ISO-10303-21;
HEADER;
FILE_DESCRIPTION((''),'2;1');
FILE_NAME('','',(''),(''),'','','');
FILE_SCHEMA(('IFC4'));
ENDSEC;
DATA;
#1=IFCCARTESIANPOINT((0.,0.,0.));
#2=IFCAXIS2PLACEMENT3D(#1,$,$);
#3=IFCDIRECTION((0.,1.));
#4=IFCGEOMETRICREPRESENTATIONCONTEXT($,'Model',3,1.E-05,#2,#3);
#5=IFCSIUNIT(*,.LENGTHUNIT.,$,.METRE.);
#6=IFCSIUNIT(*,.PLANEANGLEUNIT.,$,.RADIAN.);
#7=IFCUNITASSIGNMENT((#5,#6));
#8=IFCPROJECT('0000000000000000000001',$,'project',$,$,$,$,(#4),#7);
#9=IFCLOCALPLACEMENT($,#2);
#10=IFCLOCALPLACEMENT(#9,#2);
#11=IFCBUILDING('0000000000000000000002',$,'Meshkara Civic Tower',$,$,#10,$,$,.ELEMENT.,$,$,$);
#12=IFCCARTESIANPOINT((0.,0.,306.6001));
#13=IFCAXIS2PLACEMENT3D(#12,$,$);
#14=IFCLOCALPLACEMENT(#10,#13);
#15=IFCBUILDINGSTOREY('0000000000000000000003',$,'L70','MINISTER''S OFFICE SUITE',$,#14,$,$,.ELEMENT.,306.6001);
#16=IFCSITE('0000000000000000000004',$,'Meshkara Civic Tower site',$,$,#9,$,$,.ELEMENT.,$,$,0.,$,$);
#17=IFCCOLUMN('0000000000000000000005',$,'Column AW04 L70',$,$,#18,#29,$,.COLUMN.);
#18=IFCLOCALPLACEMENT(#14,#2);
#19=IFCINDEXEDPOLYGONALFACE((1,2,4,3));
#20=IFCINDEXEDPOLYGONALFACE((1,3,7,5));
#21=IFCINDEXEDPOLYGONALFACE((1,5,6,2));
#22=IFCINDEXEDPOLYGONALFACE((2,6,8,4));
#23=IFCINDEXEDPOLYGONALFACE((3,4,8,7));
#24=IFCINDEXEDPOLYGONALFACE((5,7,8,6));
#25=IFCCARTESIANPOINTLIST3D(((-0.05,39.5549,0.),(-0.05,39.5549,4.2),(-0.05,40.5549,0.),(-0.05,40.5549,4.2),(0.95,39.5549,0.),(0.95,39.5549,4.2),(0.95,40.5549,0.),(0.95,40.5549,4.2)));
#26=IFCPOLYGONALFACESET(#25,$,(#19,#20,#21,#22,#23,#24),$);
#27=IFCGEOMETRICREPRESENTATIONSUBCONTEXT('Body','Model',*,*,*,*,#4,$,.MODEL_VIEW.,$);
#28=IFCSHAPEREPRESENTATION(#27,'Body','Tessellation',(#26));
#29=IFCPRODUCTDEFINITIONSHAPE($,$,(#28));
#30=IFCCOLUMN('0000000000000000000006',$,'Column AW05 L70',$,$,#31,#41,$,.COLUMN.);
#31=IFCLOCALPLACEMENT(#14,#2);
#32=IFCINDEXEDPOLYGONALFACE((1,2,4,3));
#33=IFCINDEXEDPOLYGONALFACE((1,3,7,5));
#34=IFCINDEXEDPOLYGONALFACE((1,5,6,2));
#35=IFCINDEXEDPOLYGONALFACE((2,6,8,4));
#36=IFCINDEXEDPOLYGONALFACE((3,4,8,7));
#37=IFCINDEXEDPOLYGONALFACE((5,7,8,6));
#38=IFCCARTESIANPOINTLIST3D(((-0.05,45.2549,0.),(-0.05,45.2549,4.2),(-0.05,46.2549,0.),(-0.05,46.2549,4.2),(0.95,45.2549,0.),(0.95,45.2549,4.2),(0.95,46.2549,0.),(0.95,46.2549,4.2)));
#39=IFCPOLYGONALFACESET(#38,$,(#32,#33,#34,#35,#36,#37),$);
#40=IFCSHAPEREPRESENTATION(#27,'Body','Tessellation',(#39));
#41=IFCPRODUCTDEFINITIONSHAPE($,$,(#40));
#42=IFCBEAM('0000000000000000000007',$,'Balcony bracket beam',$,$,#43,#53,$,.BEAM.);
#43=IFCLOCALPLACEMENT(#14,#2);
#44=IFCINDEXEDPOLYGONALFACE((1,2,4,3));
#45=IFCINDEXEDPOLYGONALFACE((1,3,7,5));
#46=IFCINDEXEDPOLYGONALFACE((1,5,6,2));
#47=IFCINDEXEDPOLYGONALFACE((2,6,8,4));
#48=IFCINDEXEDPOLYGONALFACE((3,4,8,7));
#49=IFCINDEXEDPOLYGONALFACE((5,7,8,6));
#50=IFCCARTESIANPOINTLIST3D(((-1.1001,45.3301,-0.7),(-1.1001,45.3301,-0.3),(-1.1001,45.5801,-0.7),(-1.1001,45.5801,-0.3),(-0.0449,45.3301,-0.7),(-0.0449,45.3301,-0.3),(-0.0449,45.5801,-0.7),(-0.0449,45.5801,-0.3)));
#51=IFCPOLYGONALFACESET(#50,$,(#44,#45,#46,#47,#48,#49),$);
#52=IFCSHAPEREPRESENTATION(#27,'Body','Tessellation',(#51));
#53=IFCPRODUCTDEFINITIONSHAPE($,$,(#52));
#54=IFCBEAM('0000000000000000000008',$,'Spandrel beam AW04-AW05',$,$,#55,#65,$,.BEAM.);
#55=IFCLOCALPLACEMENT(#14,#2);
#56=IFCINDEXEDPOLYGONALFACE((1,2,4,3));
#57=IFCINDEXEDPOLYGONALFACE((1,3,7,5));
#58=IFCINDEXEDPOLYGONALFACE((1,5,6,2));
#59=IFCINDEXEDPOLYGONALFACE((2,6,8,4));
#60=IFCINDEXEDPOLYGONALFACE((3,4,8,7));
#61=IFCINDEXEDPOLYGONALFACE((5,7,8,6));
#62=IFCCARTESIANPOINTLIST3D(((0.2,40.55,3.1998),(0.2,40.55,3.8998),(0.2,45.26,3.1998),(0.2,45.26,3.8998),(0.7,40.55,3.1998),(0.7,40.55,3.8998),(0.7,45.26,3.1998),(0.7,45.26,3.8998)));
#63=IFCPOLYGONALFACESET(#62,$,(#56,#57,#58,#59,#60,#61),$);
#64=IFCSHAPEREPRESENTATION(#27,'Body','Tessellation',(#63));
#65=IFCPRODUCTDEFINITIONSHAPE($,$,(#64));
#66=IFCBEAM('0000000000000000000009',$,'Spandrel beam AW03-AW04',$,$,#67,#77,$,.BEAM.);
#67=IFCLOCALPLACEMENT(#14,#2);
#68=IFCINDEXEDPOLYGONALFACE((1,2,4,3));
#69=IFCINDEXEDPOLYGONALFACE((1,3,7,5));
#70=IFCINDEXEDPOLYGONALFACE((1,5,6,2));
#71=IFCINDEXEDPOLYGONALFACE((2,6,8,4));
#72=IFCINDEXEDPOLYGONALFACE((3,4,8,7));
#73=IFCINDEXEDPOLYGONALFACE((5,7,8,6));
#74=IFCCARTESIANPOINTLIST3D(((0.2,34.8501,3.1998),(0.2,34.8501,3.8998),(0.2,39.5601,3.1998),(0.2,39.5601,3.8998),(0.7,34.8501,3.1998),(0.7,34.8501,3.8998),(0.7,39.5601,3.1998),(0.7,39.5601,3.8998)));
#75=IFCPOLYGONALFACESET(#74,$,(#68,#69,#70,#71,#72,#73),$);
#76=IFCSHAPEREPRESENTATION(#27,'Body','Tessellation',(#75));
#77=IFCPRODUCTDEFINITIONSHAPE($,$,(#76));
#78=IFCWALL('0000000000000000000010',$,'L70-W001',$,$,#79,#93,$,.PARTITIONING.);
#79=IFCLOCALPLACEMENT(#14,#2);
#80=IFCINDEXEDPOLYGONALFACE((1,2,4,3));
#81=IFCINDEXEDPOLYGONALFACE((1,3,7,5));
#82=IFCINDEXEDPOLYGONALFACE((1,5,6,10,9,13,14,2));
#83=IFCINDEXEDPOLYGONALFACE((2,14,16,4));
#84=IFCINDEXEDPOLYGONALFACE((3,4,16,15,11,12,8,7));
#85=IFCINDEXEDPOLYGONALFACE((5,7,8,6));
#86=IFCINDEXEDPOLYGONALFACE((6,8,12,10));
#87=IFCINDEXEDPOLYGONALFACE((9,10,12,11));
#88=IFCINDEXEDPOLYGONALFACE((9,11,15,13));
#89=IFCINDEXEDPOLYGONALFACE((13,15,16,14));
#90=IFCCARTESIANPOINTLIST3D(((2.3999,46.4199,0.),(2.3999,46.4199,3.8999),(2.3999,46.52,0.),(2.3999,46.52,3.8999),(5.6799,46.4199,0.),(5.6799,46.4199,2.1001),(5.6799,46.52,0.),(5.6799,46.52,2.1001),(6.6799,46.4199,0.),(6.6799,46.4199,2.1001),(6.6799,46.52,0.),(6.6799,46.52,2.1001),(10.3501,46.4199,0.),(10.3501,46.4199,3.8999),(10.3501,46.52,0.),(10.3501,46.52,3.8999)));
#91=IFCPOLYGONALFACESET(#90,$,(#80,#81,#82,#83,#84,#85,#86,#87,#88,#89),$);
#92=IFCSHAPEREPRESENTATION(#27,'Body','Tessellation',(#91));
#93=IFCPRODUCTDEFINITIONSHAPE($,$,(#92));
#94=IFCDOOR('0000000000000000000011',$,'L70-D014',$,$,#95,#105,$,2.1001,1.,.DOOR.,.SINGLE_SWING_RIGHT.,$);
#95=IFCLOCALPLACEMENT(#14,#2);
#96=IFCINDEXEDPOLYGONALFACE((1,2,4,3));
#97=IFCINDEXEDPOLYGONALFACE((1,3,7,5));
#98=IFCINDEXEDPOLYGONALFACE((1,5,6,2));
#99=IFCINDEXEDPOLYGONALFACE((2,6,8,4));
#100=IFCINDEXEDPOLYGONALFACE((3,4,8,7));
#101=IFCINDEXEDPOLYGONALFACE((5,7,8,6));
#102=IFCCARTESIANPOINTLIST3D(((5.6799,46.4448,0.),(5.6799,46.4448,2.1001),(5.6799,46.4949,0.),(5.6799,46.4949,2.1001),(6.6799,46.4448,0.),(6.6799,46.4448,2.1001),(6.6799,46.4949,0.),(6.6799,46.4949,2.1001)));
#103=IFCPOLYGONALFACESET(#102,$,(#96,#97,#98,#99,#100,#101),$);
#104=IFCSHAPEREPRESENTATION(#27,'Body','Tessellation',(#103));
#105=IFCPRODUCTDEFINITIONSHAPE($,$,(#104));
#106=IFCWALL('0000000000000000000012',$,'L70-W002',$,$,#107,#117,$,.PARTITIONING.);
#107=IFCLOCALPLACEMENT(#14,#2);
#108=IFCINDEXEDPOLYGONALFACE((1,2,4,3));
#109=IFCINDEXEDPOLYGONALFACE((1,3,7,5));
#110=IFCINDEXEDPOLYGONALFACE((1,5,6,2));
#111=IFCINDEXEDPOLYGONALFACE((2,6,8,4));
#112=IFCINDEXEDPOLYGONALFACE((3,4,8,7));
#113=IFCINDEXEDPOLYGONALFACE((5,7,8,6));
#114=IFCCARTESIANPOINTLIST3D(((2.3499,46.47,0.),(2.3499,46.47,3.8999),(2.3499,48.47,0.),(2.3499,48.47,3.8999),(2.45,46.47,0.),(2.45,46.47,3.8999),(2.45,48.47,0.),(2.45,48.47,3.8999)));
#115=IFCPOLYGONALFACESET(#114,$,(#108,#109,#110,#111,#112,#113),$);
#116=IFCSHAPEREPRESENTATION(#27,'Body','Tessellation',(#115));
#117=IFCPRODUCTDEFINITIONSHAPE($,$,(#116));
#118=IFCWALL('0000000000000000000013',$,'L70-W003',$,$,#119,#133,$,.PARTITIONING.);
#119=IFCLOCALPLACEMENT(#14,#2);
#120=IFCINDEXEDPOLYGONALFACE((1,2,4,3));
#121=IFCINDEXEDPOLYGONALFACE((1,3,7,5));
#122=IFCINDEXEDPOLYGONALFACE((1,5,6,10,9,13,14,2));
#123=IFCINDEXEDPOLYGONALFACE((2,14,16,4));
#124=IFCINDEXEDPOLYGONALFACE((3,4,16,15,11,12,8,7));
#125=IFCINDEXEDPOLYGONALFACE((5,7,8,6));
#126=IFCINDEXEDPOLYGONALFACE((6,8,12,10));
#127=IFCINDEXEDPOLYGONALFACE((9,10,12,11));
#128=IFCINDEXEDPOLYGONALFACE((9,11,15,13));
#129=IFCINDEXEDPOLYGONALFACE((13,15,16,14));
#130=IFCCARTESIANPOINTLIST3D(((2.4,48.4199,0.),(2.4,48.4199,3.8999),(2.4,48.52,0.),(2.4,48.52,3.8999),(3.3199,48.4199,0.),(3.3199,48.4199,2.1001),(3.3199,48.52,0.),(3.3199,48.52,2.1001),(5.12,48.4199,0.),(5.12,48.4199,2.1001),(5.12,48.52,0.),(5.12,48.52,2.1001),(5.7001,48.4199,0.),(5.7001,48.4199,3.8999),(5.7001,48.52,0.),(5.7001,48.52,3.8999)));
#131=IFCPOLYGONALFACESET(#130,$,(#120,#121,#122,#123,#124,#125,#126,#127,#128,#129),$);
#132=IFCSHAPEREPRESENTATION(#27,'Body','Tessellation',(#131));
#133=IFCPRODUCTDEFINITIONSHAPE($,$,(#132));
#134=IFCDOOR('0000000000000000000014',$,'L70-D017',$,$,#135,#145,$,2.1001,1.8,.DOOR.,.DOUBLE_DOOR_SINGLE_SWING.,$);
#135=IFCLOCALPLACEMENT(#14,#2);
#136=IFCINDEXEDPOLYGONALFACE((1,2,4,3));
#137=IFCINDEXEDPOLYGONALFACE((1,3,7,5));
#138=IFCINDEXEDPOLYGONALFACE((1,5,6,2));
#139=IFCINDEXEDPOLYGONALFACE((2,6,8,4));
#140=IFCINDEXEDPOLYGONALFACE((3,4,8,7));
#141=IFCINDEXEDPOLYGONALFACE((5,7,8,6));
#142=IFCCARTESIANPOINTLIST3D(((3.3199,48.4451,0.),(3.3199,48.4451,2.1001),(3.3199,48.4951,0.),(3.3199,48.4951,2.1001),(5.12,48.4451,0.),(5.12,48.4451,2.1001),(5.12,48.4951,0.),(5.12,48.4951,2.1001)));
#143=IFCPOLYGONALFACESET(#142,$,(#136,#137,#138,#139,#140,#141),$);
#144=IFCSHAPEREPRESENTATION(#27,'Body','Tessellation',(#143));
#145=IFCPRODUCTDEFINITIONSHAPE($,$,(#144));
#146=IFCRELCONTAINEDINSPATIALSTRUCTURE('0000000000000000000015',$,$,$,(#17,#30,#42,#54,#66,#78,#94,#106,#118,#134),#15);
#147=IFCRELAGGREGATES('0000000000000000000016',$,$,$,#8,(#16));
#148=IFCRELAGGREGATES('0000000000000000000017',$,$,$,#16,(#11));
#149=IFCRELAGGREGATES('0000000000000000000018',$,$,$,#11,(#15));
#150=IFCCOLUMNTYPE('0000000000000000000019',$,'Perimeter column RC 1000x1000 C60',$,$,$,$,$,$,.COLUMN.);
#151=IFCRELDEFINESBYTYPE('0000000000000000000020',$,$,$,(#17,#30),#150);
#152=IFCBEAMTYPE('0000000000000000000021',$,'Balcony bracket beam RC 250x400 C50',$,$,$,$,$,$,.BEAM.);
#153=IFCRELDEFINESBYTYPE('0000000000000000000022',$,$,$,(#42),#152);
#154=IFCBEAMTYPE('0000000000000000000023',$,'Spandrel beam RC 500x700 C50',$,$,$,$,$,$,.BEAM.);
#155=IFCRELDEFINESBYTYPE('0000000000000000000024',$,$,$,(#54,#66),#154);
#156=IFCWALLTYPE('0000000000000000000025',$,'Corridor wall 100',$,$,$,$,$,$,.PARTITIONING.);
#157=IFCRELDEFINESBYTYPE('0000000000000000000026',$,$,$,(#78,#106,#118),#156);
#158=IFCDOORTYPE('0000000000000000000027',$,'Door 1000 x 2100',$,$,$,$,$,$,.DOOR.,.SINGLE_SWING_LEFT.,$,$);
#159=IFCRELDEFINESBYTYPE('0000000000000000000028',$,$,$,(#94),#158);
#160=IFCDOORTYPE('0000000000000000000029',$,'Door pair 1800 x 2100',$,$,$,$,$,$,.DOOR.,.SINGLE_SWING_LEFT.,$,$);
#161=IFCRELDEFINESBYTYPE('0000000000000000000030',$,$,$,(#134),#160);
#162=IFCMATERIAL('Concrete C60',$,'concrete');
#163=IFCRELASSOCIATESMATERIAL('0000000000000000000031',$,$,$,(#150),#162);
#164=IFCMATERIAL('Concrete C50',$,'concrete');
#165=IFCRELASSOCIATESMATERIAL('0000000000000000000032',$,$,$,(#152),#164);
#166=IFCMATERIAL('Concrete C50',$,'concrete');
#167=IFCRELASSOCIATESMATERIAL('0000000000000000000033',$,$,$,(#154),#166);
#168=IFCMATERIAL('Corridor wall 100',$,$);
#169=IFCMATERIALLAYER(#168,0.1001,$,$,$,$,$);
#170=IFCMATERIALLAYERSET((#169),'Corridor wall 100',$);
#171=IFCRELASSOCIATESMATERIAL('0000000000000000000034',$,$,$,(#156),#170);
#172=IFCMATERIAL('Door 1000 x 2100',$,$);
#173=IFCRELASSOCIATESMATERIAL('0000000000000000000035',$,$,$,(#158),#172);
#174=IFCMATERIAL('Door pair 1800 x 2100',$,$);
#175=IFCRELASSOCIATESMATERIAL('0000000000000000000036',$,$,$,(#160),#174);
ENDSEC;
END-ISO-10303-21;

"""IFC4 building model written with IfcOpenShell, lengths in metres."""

from ifc_helpers import new_model, si_unit, direction, frame, frame_2d, origin, origin_2d, place, context, subcontext, project, spatial, rectangle, extrude, material, layer, layer_set, material_profile, profile_set, type_object, element, fill, save


model = new_model("IFC4")

# Units and contexts
model_context = context("Model", 3, precision=1e-05, world=origin(), true_north=direction((0.0, 1.0)))
body_context = subcontext(model_context, "Body", "Model", "MODEL_VIEW")
ifc_project = project(units=[si_unit("LENGTHUNIT", "METRE"), si_unit("PLANEANGLEUNIT", "RADIAN")], contexts=[model_context])

# Site, building, storey
site_placement = place(None, origin())
site = spatial("IfcSite", under=ifc_project, at=site_placement, Name="Meshkara Civic Tower site", CompositionType="ELEMENT", RefElevation=0.0)
building_placement = place(site_placement, origin())
building = spatial("IfcBuilding", under=site, at=building_placement, Name="Meshkara Civic Tower", CompositionType="ELEMENT")
storey_placement = place(building_placement, frame((0.0, 0.0, 306.6001)))
storey = spatial("IfcBuildingStorey", under=building, at=storey_placement, Name="L70", Description="MINISTER'S OFFICE SUITE", CompositionType="ELEMENT", Elevation=306.6001)

# Columns
ifc_material_1 = material(Name="Concrete C60", Category="concrete")
ifc_material_profile_1 = material_profile(ifc_material_1, rectangle(XDim=1.0, YDim=1.0, at=origin_2d()))
ifc_profile_set_1 = profile_set([ifc_material_profile_1], Name="Concrete C60")
column_type = type_object("IfcColumnType", Name="Perimeter column RC 1000x1000 C60", PredefinedType="COLUMN", material=ifc_profile_set_1)
for number, where, z_axis, x_axis, name in (
    (1, (0.45, 40.0549, 0.0), (0.0, 0.0, 1.0), (1.0, 0.0, 0.0), "Column AW04 L70"),
    (2, (0.45, 45.7549, 0.0), (0.0, 0.0, 1.0), (1.0, 0.0, 0.0), "Column AW05 L70"),
):
    element("IfcColumn", number, at=place(storey_placement, frame(where, z_axis=z_axis, x_axis=x_axis)), inside=storey, type_object=column_type, Name=name, PredefinedType="COLUMN", context=body_context, shape_type="SweptSolid", body=[
        extrude(rectangle(XDim=1.0, YDim=1.0, at=origin_2d()), origin(), (0.0, 0.0, 1.0), 4.2),
    ])

# Beams
ifc_material_2 = material(Name="Concrete C50", Category="concrete")
ifc_material_profile_2 = material_profile(ifc_material_2, rectangle(XDim=0.25, YDim=0.3999, at=origin_2d()))
ifc_profile_set_2 = profile_set([ifc_material_profile_2], Name="Concrete C50")
beam_type_1 = type_object("IfcBeamType", Name="Balcony bracket beam RC 250x400 C50", PredefinedType="BEAM", material=ifc_profile_set_2)
beam_placement = place(storey_placement, frame((-0.0449, 45.4551, -0.5), z_axis=(-1.0, 0.0, 0.0), x_axis=(0.0, -1.0, 0.0)))
element("IfcBeam", 3, at=beam_placement, inside=storey, type_object=beam_type_1, Name="Balcony bracket beam", PredefinedType="BEAM", context=body_context, shape_type="SweptSolid", body=[
    extrude(rectangle(XDim=0.25, YDim=0.3999, at=origin_2d()), origin(), (0.0, 0.0, 1.0), 1.0552),
])
ifc_material_3 = material(Name="Concrete C50", Category="concrete")
ifc_material_profile_3 = material_profile(ifc_material_3, rectangle(XDim=0.5, YDim=0.7, at=origin_2d()))
ifc_profile_set_3 = profile_set([ifc_material_profile_3], Name="Concrete C50")
beam_type_2 = type_object("IfcBeamType", Name="Spandrel beam RC 500x700 C50", PredefinedType="BEAM", material=ifc_profile_set_3)
for number, where, z_axis, x_axis, name in (
    (4, (0.45, 45.26, 3.5498), (0.0, -1.0, 0.0), (1.0, 0.0, 0.0), "Spandrel beam AW04-AW05"),
    (5, (0.45, 39.5601, 3.5498), (0.0, -1.0, 0.0), (1.0, 0.0, 0.0), "Spandrel beam AW03-AW04"),
):
    element("IfcBeam", number, at=place(storey_placement, frame(where, z_axis=z_axis, x_axis=x_axis)), inside=storey, type_object=beam_type_2, Name=name, PredefinedType="BEAM", context=body_context, shape_type="SweptSolid", body=[
        extrude(rectangle(XDim=0.5, YDim=0.7, at=origin_2d()), origin(), (0.0, 0.0, 1.0), 4.71),
    ])

# Wall, opening, door
ifc_material_4 = material(Name="Corridor wall 100")
ifc_layer_1 = layer(ifc_material_4, 0.1001)
ifc_layer_set_1 = layer_set([ifc_layer_1], Name="Corridor wall 100")
wall_type_1 = type_object("IfcWallType", Name="Corridor wall 100", PredefinedType="PARTITIONING", material=ifc_layer_set_1)
wall_1_placement = place(storey_placement, frame((2.3999, 46.47, 0.0), z_axis=(0.0, 0.0, 1.0), x_axis=(1.0, 0.0, 0.0)))
wall_1 = element("IfcWall", 6, at=wall_1_placement, inside=storey, type_object=wall_type_1, Name="L70-W001", PredefinedType="PARTITIONING", context=body_context, shape_type="SweptSolid", body=[
    extrude(rectangle(XDim=7.9502, YDim=0.1001, at=frame_2d((3.9751, 0.0))), origin(), (0.0, 0.0, 1.0), 3.8999),
])
opening_1_placement = place(wall_1_placement, frame((3.28, 0.0, 0.0)))
opening_1 = element("IfcOpeningElement", 7, at=opening_1_placement, cuts=wall_1, PredefinedType="OPENING", context=body_context, shape_type="SweptSolid", body=[
    extrude(rectangle(XDim=1.0, YDim=2.1001, at=frame_2d((0.5, 1.05))), frame((0.0, 0.0601, 0.0), z_axis=(0.0, -1.0, 0.0), x_axis=(1.0, 0.0, 0.0)), (0.0, 0.0, 1.0), 0.1201),
])
ifc_material_5 = material(Name="Door 1000 x 2100")
door_type_1 = type_object("IfcDoorType", Name="Door 1000 x 2100", OperationType="SINGLE_SWING_LEFT", PredefinedType="DOOR", material=ifc_material_5)
door_1_placement = place(opening_1_placement, origin())
door_1 = element("IfcDoor", 8, at=door_1_placement, inside=storey, type_object=door_type_1, Name="L70-D014", OperationType="SINGLE_SWING_RIGHT", OverallHeight=2.1001, OverallWidth=1.0, PredefinedType="DOOR", context=body_context, shape_type="SweptSolid", body=[
    extrude(rectangle(XDim=1.0, YDim=2.1001, at=frame_2d((0.5, 1.05))), frame((0.0, 0.0249, 0.0), z_axis=(0.0, -1.0, 0.0), x_axis=(1.0, 0.0, 0.0)), (0.0, 0.0, 1.0), 0.05),
])
fill(opening_1, door_1)

# Wall
wall_2_placement = place(storey_placement, frame((2.3999, 48.47, 0.0), z_axis=(0.0, 0.0, 1.0), x_axis=(0.0, -1.0, 0.0)))
element("IfcWall", 9, at=wall_2_placement, inside=storey, type_object=wall_type_1, Name="L70-W002", PredefinedType="PARTITIONING", context=body_context, shape_type="SweptSolid", body=[
    extrude(rectangle(XDim=2.0, YDim=0.1001, at=frame_2d((1.0, 0.0))), origin(), (0.0, 0.0, 1.0), 3.8999),
])

# Wall, opening, door
wall_3_placement = place(storey_placement, frame((5.7, 48.47, 0.0), z_axis=(0.0, 0.0, 1.0), x_axis=(-1.0, 0.0, 0.0)))
wall_3 = element("IfcWall", 10, at=wall_3_placement, inside=storey, type_object=wall_type_1, Name="L70-W003", PredefinedType="PARTITIONING", context=body_context, shape_type="SweptSolid", body=[
    extrude(rectangle(XDim=3.3, YDim=0.1001, at=frame_2d((1.6499, 0.0))), origin(), (0.0, 0.0, 1.0), 3.8999),
])
opening_2_placement = place(wall_3_placement, frame((0.5801, 0.0, 0.0)))
opening_2 = element("IfcOpeningElement", 11, at=opening_2_placement, cuts=wall_3, PredefinedType="OPENING", context=body_context, shape_type="SweptSolid", body=[
    extrude(rectangle(XDim=1.8, YDim=2.1001, at=frame_2d((0.8999, 1.05))), frame((0.0, 0.0601, 0.0), z_axis=(0.0, -1.0, 0.0), x_axis=(1.0, 0.0, 0.0)), (0.0, 0.0, 1.0), 0.1201),
])
ifc_material_6 = material(Name="Door pair 1800 x 2100")
door_type_2 = type_object("IfcDoorType", Name="Door pair 1800 x 2100", OperationType="SINGLE_SWING_LEFT", PredefinedType="DOOR", material=ifc_material_6)
door_2_placement = place(opening_2_placement, origin())
door_2 = element("IfcDoor", 12, at=door_2_placement, inside=storey, type_object=door_type_2, Name="L70-D017", OperationType="DOUBLE_DOOR_SINGLE_SWING", OverallHeight=2.1001, OverallWidth=1.8, PredefinedType="DOOR", context=body_context, shape_type="SweptSolid", body=[
    extrude(rectangle(XDim=1.8, YDim=2.1001, at=frame_2d((0.8999, 1.05))), frame((0.0, 0.0249, 0.0), z_axis=(0.0, -1.0, 0.0), x_axis=(1.0, 0.0, 0.0)), (0.0, 0.0, 1.0), 0.05),
])
fill(opening_2, door_2)

save(model, "model.ifc")
